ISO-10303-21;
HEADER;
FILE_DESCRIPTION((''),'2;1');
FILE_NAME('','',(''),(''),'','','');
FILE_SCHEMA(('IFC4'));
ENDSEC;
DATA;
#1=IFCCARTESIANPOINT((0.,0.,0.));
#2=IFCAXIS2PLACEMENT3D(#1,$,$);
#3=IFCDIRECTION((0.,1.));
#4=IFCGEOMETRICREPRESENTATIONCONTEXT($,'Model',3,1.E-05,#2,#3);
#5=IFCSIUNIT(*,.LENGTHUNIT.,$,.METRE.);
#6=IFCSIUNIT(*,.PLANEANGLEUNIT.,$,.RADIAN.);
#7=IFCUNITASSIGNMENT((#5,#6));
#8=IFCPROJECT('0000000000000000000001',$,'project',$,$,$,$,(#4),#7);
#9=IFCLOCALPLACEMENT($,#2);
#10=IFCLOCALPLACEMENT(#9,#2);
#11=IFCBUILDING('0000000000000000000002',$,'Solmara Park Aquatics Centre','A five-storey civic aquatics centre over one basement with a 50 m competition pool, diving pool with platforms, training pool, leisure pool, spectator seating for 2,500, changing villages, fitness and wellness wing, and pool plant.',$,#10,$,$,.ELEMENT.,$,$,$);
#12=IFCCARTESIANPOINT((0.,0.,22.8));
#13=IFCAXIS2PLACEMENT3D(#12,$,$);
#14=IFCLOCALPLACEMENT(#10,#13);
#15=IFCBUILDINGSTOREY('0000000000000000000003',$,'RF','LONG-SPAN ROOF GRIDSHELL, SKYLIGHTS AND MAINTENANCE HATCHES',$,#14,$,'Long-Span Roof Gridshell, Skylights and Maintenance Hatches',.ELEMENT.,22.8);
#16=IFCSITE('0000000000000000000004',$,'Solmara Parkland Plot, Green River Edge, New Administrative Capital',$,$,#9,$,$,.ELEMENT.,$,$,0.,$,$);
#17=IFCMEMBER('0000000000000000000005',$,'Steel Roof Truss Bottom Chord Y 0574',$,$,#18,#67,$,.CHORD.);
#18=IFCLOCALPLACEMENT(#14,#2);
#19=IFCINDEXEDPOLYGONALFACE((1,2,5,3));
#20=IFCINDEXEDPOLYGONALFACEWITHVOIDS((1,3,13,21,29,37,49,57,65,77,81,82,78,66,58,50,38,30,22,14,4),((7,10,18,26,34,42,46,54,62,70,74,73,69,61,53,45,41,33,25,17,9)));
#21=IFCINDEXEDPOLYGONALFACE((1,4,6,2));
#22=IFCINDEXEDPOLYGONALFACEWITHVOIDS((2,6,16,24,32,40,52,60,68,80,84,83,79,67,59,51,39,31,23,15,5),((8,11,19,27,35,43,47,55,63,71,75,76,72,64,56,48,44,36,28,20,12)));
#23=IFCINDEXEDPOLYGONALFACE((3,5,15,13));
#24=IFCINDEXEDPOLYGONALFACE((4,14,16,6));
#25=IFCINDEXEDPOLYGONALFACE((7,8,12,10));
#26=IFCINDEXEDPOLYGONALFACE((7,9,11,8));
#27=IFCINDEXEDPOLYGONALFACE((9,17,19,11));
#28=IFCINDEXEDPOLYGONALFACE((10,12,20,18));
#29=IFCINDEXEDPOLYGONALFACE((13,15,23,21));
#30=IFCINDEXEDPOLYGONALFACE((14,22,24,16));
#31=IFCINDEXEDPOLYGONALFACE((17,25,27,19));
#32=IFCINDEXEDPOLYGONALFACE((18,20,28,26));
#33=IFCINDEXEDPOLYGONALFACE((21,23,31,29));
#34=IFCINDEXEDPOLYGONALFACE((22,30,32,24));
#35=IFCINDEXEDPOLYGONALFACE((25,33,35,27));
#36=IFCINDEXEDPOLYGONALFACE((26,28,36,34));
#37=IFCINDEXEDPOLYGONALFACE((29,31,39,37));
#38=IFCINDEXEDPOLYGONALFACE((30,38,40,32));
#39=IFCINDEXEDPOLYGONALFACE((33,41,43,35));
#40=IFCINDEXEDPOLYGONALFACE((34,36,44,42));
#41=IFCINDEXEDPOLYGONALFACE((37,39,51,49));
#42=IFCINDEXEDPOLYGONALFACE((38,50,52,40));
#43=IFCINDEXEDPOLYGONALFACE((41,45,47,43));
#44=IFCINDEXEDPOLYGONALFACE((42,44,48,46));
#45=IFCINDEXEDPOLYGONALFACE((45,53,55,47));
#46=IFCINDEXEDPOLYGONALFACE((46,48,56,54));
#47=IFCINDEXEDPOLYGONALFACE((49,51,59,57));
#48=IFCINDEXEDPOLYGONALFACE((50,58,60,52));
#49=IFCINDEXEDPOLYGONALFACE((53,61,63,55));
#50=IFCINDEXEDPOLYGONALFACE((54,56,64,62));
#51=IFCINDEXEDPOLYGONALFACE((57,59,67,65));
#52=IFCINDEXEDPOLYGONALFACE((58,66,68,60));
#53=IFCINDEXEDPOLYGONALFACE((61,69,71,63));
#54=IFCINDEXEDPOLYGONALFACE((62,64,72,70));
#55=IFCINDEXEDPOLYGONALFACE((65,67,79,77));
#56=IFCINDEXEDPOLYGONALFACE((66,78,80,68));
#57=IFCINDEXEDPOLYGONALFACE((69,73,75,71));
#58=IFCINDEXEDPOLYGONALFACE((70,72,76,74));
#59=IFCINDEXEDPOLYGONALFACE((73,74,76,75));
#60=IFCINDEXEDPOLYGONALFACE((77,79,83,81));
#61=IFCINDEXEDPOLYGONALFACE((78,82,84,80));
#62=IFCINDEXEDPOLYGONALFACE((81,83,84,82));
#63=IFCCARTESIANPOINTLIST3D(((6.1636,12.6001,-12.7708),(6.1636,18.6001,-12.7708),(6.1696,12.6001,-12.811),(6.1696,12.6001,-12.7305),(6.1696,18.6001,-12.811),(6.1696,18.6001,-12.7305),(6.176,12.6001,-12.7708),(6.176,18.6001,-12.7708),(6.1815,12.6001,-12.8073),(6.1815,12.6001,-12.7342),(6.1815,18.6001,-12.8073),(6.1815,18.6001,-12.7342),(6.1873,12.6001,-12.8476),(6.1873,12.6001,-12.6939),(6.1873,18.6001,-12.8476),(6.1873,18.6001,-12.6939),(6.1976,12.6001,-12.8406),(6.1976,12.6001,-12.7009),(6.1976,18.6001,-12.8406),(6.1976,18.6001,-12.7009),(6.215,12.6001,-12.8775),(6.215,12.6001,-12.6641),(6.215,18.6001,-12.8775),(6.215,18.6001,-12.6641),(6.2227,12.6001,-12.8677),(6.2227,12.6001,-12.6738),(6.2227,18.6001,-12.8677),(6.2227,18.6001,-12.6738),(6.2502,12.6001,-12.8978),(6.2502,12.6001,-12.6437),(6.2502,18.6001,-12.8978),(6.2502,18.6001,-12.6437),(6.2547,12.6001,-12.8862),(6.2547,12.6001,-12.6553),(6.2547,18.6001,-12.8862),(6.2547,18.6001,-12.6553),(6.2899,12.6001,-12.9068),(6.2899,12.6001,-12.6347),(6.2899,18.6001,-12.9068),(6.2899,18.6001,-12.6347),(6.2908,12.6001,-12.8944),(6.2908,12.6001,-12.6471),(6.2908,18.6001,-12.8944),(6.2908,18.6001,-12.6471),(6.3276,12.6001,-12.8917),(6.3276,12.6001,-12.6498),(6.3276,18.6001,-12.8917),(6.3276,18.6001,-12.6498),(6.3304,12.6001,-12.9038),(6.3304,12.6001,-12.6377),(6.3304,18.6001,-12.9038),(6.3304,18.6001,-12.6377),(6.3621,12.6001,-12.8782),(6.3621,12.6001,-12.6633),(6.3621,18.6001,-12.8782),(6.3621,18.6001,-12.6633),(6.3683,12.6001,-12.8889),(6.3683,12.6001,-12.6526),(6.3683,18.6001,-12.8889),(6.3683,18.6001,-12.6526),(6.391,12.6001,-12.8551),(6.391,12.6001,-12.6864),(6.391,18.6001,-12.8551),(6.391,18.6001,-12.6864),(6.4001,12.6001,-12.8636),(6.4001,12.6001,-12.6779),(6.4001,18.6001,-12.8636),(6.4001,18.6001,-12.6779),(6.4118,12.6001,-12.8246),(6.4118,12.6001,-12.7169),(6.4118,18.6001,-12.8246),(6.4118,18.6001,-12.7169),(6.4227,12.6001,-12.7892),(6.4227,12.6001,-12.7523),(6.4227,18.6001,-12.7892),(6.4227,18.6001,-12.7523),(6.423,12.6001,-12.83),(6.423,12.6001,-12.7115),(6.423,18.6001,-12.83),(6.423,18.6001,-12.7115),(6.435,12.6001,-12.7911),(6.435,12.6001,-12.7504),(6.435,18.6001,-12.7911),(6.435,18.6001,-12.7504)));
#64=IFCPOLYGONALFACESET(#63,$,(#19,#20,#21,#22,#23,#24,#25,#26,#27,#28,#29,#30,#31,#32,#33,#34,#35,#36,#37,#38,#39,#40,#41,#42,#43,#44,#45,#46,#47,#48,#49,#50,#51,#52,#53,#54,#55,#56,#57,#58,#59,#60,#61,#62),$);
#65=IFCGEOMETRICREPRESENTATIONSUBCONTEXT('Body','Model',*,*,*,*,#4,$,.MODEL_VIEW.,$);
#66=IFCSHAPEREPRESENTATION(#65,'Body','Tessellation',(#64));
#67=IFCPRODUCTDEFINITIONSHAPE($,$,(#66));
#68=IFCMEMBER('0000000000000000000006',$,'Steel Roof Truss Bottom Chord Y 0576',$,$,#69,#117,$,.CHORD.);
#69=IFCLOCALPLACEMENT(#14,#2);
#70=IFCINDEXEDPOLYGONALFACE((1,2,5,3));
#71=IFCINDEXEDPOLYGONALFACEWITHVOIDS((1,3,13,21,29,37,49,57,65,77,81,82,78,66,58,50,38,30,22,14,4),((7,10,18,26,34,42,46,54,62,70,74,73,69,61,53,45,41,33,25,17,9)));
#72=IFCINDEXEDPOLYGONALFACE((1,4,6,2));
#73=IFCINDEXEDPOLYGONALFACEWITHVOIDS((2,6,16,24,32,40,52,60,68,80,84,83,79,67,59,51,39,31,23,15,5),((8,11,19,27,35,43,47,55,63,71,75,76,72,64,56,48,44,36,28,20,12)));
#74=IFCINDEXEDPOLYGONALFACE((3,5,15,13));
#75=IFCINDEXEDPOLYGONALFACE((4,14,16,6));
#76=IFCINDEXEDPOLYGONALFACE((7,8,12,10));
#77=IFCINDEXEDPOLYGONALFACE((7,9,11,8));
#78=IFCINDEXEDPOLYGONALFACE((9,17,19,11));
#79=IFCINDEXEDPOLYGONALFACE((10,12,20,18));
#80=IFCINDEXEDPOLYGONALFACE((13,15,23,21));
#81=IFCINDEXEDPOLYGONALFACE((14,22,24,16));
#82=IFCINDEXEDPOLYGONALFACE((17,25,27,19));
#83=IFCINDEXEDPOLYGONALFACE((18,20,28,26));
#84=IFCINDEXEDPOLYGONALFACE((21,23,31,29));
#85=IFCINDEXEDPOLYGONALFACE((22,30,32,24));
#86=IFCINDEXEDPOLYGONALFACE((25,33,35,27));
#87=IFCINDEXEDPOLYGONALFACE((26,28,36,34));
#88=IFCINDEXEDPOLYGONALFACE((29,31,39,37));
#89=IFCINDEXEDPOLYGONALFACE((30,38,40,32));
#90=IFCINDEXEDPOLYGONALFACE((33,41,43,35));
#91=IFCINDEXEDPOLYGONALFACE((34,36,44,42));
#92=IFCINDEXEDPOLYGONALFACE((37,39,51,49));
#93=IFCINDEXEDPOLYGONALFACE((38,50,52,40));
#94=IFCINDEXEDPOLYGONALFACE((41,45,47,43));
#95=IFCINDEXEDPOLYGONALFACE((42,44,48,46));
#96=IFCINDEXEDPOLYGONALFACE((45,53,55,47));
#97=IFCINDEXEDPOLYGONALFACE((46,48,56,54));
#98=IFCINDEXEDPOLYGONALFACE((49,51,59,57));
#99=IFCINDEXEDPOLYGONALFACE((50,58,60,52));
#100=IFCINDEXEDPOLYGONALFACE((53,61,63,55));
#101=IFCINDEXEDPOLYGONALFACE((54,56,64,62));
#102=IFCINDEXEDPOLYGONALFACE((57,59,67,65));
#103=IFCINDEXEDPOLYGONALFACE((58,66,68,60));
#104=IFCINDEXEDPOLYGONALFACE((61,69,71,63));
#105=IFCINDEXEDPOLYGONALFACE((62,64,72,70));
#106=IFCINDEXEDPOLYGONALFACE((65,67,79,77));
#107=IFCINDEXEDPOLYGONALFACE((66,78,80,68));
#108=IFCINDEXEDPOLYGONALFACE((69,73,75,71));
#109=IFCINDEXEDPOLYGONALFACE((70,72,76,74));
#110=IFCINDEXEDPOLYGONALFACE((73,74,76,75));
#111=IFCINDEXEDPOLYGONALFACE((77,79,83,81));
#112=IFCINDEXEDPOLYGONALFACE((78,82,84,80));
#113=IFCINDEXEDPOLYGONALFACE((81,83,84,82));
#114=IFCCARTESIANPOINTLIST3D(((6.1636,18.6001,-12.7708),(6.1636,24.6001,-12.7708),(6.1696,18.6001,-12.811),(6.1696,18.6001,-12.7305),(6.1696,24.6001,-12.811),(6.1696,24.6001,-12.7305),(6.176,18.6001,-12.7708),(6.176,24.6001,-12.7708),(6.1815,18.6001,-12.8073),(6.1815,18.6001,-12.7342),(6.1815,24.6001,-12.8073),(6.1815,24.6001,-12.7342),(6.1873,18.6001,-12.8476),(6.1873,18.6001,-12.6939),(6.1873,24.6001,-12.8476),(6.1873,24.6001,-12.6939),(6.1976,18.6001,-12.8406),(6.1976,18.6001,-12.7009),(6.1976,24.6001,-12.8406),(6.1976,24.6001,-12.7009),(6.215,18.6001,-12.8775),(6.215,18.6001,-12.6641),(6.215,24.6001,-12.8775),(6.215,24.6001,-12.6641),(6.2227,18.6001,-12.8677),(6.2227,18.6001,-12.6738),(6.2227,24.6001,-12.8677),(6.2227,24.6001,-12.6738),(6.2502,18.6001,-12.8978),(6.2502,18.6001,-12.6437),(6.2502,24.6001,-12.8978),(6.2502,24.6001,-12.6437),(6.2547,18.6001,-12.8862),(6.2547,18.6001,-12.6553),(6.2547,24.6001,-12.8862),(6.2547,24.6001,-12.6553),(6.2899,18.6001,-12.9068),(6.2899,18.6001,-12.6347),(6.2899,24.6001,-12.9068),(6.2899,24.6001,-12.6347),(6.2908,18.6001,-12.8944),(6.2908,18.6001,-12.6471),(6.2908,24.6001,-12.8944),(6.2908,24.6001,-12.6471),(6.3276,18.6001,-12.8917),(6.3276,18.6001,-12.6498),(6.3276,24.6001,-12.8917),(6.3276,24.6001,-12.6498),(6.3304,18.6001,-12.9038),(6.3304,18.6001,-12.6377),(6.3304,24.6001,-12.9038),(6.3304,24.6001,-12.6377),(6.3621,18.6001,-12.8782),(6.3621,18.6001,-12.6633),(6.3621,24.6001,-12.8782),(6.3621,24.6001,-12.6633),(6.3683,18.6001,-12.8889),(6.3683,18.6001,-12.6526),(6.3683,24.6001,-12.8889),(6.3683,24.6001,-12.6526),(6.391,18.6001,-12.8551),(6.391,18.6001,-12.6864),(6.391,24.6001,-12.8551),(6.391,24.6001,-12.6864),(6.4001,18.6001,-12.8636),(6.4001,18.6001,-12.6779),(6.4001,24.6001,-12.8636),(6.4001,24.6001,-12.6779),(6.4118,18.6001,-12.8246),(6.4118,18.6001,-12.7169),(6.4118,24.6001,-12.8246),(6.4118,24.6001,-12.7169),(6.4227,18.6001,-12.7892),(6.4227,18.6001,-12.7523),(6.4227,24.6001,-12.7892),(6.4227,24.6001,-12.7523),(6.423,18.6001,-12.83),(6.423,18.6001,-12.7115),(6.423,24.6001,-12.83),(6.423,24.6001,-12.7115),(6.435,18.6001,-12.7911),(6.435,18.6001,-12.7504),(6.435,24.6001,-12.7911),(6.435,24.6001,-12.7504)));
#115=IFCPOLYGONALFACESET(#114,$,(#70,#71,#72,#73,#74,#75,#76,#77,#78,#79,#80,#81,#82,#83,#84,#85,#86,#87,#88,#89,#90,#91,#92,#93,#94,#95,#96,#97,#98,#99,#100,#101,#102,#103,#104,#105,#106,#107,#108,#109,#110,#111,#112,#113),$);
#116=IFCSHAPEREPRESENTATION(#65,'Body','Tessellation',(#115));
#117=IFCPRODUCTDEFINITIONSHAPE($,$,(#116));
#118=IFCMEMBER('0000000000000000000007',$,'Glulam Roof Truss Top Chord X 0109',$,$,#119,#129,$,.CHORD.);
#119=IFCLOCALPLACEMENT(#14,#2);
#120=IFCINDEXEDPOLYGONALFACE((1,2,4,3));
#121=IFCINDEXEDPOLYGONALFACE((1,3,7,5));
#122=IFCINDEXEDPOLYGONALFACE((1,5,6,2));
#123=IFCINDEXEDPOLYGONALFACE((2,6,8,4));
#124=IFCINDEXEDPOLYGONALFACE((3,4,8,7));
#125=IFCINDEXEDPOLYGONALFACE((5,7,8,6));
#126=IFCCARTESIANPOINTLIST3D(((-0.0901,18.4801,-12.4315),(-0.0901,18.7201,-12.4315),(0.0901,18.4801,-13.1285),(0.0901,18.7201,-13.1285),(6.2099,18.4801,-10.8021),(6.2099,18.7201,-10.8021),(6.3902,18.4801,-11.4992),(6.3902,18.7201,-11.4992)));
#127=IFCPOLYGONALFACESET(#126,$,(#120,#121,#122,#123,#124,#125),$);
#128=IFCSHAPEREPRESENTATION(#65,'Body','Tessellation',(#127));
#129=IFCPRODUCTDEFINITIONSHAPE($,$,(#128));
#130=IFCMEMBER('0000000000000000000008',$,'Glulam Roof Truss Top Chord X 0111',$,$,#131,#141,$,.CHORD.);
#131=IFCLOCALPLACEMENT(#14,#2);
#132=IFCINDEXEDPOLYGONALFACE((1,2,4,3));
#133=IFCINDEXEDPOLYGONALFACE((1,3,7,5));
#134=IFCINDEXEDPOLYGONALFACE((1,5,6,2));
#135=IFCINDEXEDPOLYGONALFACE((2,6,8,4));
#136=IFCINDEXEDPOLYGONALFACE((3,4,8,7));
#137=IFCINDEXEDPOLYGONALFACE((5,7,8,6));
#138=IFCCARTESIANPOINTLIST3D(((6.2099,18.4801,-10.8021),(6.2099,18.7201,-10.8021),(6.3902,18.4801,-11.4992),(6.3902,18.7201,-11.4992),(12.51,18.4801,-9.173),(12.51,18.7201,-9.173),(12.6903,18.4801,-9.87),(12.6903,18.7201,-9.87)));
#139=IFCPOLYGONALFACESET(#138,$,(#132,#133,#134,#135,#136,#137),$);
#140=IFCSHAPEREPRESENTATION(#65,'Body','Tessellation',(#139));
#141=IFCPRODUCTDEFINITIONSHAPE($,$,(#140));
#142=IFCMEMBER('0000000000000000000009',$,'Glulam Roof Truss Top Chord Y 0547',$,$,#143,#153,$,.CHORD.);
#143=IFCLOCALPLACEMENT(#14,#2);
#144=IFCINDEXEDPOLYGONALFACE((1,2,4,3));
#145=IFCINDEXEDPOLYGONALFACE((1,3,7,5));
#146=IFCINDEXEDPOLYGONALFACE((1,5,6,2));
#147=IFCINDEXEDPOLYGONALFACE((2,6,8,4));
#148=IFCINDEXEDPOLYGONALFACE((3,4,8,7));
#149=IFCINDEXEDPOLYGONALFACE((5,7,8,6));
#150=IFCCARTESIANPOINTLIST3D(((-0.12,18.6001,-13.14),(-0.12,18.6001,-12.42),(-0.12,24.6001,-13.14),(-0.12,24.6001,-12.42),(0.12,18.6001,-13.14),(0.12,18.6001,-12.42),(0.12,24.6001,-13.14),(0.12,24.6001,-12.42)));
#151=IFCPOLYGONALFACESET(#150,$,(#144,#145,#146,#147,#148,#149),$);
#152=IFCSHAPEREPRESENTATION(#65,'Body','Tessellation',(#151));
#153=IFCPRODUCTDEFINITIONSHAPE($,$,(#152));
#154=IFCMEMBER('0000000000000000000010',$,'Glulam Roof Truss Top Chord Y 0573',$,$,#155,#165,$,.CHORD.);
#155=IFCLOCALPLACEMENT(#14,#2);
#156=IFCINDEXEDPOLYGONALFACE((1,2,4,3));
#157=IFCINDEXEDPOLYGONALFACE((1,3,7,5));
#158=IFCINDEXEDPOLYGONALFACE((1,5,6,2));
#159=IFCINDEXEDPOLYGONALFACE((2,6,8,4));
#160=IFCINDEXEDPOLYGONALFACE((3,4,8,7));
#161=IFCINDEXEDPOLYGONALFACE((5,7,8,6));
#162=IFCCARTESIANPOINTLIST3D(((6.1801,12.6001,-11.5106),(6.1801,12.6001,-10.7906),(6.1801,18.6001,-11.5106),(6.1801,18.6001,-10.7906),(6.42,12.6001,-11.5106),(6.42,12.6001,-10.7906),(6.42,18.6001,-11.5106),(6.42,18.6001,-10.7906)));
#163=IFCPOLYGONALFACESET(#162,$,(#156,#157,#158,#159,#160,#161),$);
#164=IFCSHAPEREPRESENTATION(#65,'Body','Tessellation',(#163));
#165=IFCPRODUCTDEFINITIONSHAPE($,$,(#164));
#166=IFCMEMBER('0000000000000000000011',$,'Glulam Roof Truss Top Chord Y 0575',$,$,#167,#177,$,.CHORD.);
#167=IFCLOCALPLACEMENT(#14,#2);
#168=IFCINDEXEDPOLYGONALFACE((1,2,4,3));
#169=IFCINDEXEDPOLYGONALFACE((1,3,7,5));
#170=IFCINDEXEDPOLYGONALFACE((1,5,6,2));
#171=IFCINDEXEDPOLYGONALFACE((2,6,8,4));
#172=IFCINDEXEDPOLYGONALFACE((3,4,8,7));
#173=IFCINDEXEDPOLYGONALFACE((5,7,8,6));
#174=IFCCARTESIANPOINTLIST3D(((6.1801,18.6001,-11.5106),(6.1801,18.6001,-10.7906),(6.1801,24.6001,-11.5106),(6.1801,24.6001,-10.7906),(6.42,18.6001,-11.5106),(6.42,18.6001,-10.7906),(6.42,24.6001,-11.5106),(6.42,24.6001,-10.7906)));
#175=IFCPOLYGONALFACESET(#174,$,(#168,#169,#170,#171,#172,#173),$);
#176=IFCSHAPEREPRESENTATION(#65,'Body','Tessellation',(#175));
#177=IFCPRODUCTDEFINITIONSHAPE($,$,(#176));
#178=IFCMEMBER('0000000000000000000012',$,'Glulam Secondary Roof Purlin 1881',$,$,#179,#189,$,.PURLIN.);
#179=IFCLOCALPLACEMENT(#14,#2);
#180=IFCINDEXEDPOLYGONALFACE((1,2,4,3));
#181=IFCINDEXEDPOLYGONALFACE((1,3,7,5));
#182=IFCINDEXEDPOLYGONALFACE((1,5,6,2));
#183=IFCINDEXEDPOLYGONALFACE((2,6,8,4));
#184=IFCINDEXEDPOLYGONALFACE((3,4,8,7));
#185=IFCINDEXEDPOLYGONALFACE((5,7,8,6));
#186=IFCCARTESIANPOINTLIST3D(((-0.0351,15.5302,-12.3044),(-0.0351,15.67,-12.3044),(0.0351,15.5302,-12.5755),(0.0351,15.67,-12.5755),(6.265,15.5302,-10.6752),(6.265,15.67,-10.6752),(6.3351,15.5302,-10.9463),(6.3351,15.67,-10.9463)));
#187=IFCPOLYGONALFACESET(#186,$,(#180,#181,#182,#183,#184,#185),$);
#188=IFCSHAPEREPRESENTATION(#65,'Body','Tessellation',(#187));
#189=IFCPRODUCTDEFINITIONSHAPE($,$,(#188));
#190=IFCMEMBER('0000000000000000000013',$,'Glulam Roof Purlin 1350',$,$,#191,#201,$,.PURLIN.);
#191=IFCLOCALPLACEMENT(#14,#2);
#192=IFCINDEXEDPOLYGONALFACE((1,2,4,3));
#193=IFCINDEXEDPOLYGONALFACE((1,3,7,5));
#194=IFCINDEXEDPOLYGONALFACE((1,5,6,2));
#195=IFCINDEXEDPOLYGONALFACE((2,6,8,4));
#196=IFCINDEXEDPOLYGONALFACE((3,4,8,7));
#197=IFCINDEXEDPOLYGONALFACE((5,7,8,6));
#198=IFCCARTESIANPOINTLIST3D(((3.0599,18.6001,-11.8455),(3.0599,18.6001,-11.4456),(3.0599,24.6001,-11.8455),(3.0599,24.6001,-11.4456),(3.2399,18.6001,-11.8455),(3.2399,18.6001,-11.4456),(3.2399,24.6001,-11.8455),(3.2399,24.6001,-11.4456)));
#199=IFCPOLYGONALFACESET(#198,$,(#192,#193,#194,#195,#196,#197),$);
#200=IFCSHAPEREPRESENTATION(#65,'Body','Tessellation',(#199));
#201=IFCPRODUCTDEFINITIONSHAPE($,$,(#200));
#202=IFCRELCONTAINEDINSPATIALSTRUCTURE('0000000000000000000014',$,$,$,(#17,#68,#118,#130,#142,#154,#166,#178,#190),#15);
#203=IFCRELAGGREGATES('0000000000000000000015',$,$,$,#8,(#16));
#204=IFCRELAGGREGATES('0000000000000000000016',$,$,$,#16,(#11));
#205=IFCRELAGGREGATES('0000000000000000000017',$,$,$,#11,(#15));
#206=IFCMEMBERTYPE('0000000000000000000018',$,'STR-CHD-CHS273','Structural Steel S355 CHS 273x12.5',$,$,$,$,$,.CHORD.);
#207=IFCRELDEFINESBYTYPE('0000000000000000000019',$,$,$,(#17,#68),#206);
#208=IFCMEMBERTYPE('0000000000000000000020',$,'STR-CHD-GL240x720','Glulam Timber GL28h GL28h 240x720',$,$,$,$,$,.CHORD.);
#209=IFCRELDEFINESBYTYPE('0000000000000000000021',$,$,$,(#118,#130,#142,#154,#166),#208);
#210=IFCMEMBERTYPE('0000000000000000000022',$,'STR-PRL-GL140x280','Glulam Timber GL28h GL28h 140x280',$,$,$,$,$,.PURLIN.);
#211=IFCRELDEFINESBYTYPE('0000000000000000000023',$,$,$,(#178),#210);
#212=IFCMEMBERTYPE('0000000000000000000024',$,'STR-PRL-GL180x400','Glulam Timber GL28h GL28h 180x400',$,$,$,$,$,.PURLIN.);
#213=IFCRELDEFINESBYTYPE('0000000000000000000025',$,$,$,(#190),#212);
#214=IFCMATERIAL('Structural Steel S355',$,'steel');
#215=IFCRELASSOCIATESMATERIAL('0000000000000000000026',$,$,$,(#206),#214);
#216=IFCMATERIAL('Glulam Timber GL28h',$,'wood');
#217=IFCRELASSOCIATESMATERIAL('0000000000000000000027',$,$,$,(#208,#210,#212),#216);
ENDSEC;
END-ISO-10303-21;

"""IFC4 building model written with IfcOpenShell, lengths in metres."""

from ifc_helpers import new_model, si_unit, direction, frame, origin, origin_2d, place, context, subcontext, project, spatial, rectangle, hollow_circle, extrude, material, material_profile, profile_set, type_object, element, save


model = new_model("IFC4")

# Units and contexts
model_context = context("Model", 3, precision=1e-05, world=origin(), true_north=direction((0.0, 1.0)))
body_context = subcontext(model_context, "Body", "Model", "MODEL_VIEW")
ifc_project = project(units=[si_unit("LENGTHUNIT", "METRE"), si_unit("PLANEANGLEUNIT", "RADIAN")], contexts=[model_context])

# Site, building, storey
site_placement = place(None, origin())
site = spatial("IfcSite", under=ifc_project, at=site_placement, Name="Solmara Parkland Plot, Green River Edge, New Administrative Capital", CompositionType="ELEMENT", RefElevation=0.0)
building_placement = place(site_placement, origin())
building = spatial("IfcBuilding", under=site, at=building_placement, Name="Solmara Park Aquatics Centre", Description="A five-storey civic aquatics centre over one basement with a 50 m competition pool, diving pool with platforms, training pool, leisure pool, spectator seating for 2,500, changing villages, fitness and wellness wing, and pool plant.", CompositionType="ELEMENT")
storey_placement = place(building_placement, frame((0.0, 0.0, 22.8)))
storey = spatial("IfcBuildingStorey", under=building, at=storey_placement, Name="RF", Description="LONG-SPAN ROOF GRIDSHELL, SKYLIGHTS AND MAINTENANCE HATCHES", LongName="Long-Span Roof Gridshell, Skylights and Maintenance Hatches", CompositionType="ELEMENT", Elevation=22.8)

# Members
ifc_material_1 = material(Name="Structural Steel S355", Category="steel")
ifc_material_profile_1 = material_profile(ifc_material_1, hollow_circle(Radius=0.1365, WallThickness=0.0125, at=origin_2d()), Name="CHS 273x12.5")
ifc_profile_set_1 = profile_set([ifc_material_profile_1], Name="Structural Steel S355")
member_type_1 = type_object("IfcMemberType", Name="STR-CHD-CHS273", Description="Structural Steel S355 CHS 273x12.5", PredefinedType="CHORD", material=ifc_profile_set_1)
for number, where, z_axis, x_axis, name in (
    (1, (6.3, 12.6001, -12.7708), (0.0, 1.0, 0.0), (-1.0, 0.0, 0.0), "Steel Roof Truss Bottom Chord Y 0574"),
    (2, (6.3, 18.6001, -12.7708), (0.0, 1.0, 0.0), (-1.0, 0.0, 0.0), "Steel Roof Truss Bottom Chord Y 0576"),
):
    element("IfcMember", number, at=place(storey_placement, frame(where, z_axis=z_axis, x_axis=x_axis)), inside=storey, type_object=member_type_1, Name=name, PredefinedType="CHORD", context=body_context, shape_type="SweptSolid", body=[
        extrude(hollow_circle(Radius=0.1365, WallThickness=0.0125, at=origin_2d()), origin(), (0.0, 0.0, 1.0), 6.0),
    ])
ifc_material_2 = material(Name="Glulam Timber GL28h", Category="wood")
ifc_material_profile_2 = material_profile(ifc_material_2, rectangle(XDim=0.24, YDim=0.72, at=origin_2d()), Name="GL28h 240x720")
ifc_profile_set_2 = profile_set([ifc_material_profile_2], Name="Glulam Timber GL28h")
member_type_2 = type_object("IfcMemberType", Name="STR-CHD-GL240x720", Description="Glulam Timber GL28h GL28h 240x720", PredefinedType="CHORD", material=ifc_profile_set_2)
for number, where, z_axis, x_axis, name in (
    (3, (0.0, 18.6001, -12.78), (0.968144, 0.0, 0.250393), (0.0, 1.0, 0.0), "Glulam Roof Truss Top Chord X 0109"),
    (4, (6.3, 18.6001, -11.1506), (0.968153, 0.0, 0.250358), (0.0, 1.0, 0.0), "Glulam Roof Truss Top Chord X 0111"),
):
    element("IfcMember", number, at=place(storey_placement, frame(where, z_axis=z_axis, x_axis=x_axis)), inside=storey, type_object=member_type_2, Name=name, PredefinedType="CHORD", context=body_context, shape_type="SweptSolid", body=[
        extrude(rectangle(XDim=0.24, YDim=0.72, at=origin_2d()), origin(), (0.0, 0.0, 1.0), 6.5073),
    ])
for number, where, z_axis, x_axis, name in (
    (5, (0.0, 18.6001, -12.78), (0.0, 1.0, 0.0), (-1.0, 0.0, 0.0), "Glulam Roof Truss Top Chord Y 0547"),
    (6, (6.3, 12.6001, -11.1506), (0.0, 1.0, 0.0), (-1.0, 0.0, 0.0), "Glulam Roof Truss Top Chord Y 0573"),
    (7, (6.3, 18.6001, -11.1506), (0.0, 1.0, 0.0), (-1.0, 0.0, 0.0), "Glulam Roof Truss Top Chord Y 0575"),
):
    element("IfcMember", number, at=place(storey_placement, frame(where, z_axis=z_axis, x_axis=x_axis)), inside=storey, type_object=member_type_2, Name=name, PredefinedType="CHORD", context=body_context, shape_type="SweptSolid", body=[
        extrude(rectangle(XDim=0.24, YDim=0.72, at=origin_2d()), origin(), (0.0, 0.0, 1.0), 6.0),
    ])
ifc_material_profile_3 = material_profile(ifc_material_2, rectangle(XDim=0.1399, YDim=0.28, at=origin_2d()), Name="GL28h 140x280")
ifc_profile_set_3 = profile_set([ifc_material_profile_3], Name="Glulam Timber GL28h")
member_type_3 = type_object("IfcMemberType", Name="STR-PRL-GL140x280", Description="Glulam Timber GL28h GL28h 140x280", PredefinedType="PURLIN", material=ifc_profile_set_3)
member_1_placement = place(storey_placement, frame((0.0, 15.6001, -12.4399), z_axis=(0.968153, 0.0, 0.250358), x_axis=(0.0, 1.0, 0.0)))
element("IfcMember", 8, at=member_1_placement, inside=storey, type_object=member_type_3, Name="Glulam Secondary Roof Purlin 1881", PredefinedType="PURLIN", context=body_context, shape_type="SweptSolid", body=[
    extrude(rectangle(XDim=0.1399, YDim=0.28, at=origin_2d()), origin(), (0.0, 0.0, 1.0), 6.5073),
])
ifc_material_profile_4 = material_profile(ifc_material_2, rectangle(XDim=0.1799, YDim=0.3999, at=origin_2d()), Name="GL28h 180x400")
ifc_profile_set_4 = profile_set([ifc_material_profile_4], Name="Glulam Timber GL28h")
member_type_4 = type_object("IfcMemberType", Name="STR-PRL-GL180x400", Description="Glulam Timber GL28h GL28h 180x400", PredefinedType="PURLIN", material=ifc_profile_set_4)
for number, where, z_axis, x_axis, name in (
    (9, (3.1499, 18.6001, -11.6455), (0.0, 1.0, 0.0), (-1.0, 0.0, 0.0), "Glulam Roof Purlin 1350"),
):
    element("IfcMember", number, at=place(storey_placement, frame(where, z_axis=z_axis, x_axis=x_axis)), inside=storey, type_object=member_type_4, Name=name, PredefinedType="PURLIN", context=body_context, shape_type="SweptSolid", body=[
        extrude(rectangle(XDim=0.1799, YDim=0.3999, at=origin_2d()), origin(), (0.0, 0.0, 1.0), 6.0),
    ])

save(model, "model.ifc")
